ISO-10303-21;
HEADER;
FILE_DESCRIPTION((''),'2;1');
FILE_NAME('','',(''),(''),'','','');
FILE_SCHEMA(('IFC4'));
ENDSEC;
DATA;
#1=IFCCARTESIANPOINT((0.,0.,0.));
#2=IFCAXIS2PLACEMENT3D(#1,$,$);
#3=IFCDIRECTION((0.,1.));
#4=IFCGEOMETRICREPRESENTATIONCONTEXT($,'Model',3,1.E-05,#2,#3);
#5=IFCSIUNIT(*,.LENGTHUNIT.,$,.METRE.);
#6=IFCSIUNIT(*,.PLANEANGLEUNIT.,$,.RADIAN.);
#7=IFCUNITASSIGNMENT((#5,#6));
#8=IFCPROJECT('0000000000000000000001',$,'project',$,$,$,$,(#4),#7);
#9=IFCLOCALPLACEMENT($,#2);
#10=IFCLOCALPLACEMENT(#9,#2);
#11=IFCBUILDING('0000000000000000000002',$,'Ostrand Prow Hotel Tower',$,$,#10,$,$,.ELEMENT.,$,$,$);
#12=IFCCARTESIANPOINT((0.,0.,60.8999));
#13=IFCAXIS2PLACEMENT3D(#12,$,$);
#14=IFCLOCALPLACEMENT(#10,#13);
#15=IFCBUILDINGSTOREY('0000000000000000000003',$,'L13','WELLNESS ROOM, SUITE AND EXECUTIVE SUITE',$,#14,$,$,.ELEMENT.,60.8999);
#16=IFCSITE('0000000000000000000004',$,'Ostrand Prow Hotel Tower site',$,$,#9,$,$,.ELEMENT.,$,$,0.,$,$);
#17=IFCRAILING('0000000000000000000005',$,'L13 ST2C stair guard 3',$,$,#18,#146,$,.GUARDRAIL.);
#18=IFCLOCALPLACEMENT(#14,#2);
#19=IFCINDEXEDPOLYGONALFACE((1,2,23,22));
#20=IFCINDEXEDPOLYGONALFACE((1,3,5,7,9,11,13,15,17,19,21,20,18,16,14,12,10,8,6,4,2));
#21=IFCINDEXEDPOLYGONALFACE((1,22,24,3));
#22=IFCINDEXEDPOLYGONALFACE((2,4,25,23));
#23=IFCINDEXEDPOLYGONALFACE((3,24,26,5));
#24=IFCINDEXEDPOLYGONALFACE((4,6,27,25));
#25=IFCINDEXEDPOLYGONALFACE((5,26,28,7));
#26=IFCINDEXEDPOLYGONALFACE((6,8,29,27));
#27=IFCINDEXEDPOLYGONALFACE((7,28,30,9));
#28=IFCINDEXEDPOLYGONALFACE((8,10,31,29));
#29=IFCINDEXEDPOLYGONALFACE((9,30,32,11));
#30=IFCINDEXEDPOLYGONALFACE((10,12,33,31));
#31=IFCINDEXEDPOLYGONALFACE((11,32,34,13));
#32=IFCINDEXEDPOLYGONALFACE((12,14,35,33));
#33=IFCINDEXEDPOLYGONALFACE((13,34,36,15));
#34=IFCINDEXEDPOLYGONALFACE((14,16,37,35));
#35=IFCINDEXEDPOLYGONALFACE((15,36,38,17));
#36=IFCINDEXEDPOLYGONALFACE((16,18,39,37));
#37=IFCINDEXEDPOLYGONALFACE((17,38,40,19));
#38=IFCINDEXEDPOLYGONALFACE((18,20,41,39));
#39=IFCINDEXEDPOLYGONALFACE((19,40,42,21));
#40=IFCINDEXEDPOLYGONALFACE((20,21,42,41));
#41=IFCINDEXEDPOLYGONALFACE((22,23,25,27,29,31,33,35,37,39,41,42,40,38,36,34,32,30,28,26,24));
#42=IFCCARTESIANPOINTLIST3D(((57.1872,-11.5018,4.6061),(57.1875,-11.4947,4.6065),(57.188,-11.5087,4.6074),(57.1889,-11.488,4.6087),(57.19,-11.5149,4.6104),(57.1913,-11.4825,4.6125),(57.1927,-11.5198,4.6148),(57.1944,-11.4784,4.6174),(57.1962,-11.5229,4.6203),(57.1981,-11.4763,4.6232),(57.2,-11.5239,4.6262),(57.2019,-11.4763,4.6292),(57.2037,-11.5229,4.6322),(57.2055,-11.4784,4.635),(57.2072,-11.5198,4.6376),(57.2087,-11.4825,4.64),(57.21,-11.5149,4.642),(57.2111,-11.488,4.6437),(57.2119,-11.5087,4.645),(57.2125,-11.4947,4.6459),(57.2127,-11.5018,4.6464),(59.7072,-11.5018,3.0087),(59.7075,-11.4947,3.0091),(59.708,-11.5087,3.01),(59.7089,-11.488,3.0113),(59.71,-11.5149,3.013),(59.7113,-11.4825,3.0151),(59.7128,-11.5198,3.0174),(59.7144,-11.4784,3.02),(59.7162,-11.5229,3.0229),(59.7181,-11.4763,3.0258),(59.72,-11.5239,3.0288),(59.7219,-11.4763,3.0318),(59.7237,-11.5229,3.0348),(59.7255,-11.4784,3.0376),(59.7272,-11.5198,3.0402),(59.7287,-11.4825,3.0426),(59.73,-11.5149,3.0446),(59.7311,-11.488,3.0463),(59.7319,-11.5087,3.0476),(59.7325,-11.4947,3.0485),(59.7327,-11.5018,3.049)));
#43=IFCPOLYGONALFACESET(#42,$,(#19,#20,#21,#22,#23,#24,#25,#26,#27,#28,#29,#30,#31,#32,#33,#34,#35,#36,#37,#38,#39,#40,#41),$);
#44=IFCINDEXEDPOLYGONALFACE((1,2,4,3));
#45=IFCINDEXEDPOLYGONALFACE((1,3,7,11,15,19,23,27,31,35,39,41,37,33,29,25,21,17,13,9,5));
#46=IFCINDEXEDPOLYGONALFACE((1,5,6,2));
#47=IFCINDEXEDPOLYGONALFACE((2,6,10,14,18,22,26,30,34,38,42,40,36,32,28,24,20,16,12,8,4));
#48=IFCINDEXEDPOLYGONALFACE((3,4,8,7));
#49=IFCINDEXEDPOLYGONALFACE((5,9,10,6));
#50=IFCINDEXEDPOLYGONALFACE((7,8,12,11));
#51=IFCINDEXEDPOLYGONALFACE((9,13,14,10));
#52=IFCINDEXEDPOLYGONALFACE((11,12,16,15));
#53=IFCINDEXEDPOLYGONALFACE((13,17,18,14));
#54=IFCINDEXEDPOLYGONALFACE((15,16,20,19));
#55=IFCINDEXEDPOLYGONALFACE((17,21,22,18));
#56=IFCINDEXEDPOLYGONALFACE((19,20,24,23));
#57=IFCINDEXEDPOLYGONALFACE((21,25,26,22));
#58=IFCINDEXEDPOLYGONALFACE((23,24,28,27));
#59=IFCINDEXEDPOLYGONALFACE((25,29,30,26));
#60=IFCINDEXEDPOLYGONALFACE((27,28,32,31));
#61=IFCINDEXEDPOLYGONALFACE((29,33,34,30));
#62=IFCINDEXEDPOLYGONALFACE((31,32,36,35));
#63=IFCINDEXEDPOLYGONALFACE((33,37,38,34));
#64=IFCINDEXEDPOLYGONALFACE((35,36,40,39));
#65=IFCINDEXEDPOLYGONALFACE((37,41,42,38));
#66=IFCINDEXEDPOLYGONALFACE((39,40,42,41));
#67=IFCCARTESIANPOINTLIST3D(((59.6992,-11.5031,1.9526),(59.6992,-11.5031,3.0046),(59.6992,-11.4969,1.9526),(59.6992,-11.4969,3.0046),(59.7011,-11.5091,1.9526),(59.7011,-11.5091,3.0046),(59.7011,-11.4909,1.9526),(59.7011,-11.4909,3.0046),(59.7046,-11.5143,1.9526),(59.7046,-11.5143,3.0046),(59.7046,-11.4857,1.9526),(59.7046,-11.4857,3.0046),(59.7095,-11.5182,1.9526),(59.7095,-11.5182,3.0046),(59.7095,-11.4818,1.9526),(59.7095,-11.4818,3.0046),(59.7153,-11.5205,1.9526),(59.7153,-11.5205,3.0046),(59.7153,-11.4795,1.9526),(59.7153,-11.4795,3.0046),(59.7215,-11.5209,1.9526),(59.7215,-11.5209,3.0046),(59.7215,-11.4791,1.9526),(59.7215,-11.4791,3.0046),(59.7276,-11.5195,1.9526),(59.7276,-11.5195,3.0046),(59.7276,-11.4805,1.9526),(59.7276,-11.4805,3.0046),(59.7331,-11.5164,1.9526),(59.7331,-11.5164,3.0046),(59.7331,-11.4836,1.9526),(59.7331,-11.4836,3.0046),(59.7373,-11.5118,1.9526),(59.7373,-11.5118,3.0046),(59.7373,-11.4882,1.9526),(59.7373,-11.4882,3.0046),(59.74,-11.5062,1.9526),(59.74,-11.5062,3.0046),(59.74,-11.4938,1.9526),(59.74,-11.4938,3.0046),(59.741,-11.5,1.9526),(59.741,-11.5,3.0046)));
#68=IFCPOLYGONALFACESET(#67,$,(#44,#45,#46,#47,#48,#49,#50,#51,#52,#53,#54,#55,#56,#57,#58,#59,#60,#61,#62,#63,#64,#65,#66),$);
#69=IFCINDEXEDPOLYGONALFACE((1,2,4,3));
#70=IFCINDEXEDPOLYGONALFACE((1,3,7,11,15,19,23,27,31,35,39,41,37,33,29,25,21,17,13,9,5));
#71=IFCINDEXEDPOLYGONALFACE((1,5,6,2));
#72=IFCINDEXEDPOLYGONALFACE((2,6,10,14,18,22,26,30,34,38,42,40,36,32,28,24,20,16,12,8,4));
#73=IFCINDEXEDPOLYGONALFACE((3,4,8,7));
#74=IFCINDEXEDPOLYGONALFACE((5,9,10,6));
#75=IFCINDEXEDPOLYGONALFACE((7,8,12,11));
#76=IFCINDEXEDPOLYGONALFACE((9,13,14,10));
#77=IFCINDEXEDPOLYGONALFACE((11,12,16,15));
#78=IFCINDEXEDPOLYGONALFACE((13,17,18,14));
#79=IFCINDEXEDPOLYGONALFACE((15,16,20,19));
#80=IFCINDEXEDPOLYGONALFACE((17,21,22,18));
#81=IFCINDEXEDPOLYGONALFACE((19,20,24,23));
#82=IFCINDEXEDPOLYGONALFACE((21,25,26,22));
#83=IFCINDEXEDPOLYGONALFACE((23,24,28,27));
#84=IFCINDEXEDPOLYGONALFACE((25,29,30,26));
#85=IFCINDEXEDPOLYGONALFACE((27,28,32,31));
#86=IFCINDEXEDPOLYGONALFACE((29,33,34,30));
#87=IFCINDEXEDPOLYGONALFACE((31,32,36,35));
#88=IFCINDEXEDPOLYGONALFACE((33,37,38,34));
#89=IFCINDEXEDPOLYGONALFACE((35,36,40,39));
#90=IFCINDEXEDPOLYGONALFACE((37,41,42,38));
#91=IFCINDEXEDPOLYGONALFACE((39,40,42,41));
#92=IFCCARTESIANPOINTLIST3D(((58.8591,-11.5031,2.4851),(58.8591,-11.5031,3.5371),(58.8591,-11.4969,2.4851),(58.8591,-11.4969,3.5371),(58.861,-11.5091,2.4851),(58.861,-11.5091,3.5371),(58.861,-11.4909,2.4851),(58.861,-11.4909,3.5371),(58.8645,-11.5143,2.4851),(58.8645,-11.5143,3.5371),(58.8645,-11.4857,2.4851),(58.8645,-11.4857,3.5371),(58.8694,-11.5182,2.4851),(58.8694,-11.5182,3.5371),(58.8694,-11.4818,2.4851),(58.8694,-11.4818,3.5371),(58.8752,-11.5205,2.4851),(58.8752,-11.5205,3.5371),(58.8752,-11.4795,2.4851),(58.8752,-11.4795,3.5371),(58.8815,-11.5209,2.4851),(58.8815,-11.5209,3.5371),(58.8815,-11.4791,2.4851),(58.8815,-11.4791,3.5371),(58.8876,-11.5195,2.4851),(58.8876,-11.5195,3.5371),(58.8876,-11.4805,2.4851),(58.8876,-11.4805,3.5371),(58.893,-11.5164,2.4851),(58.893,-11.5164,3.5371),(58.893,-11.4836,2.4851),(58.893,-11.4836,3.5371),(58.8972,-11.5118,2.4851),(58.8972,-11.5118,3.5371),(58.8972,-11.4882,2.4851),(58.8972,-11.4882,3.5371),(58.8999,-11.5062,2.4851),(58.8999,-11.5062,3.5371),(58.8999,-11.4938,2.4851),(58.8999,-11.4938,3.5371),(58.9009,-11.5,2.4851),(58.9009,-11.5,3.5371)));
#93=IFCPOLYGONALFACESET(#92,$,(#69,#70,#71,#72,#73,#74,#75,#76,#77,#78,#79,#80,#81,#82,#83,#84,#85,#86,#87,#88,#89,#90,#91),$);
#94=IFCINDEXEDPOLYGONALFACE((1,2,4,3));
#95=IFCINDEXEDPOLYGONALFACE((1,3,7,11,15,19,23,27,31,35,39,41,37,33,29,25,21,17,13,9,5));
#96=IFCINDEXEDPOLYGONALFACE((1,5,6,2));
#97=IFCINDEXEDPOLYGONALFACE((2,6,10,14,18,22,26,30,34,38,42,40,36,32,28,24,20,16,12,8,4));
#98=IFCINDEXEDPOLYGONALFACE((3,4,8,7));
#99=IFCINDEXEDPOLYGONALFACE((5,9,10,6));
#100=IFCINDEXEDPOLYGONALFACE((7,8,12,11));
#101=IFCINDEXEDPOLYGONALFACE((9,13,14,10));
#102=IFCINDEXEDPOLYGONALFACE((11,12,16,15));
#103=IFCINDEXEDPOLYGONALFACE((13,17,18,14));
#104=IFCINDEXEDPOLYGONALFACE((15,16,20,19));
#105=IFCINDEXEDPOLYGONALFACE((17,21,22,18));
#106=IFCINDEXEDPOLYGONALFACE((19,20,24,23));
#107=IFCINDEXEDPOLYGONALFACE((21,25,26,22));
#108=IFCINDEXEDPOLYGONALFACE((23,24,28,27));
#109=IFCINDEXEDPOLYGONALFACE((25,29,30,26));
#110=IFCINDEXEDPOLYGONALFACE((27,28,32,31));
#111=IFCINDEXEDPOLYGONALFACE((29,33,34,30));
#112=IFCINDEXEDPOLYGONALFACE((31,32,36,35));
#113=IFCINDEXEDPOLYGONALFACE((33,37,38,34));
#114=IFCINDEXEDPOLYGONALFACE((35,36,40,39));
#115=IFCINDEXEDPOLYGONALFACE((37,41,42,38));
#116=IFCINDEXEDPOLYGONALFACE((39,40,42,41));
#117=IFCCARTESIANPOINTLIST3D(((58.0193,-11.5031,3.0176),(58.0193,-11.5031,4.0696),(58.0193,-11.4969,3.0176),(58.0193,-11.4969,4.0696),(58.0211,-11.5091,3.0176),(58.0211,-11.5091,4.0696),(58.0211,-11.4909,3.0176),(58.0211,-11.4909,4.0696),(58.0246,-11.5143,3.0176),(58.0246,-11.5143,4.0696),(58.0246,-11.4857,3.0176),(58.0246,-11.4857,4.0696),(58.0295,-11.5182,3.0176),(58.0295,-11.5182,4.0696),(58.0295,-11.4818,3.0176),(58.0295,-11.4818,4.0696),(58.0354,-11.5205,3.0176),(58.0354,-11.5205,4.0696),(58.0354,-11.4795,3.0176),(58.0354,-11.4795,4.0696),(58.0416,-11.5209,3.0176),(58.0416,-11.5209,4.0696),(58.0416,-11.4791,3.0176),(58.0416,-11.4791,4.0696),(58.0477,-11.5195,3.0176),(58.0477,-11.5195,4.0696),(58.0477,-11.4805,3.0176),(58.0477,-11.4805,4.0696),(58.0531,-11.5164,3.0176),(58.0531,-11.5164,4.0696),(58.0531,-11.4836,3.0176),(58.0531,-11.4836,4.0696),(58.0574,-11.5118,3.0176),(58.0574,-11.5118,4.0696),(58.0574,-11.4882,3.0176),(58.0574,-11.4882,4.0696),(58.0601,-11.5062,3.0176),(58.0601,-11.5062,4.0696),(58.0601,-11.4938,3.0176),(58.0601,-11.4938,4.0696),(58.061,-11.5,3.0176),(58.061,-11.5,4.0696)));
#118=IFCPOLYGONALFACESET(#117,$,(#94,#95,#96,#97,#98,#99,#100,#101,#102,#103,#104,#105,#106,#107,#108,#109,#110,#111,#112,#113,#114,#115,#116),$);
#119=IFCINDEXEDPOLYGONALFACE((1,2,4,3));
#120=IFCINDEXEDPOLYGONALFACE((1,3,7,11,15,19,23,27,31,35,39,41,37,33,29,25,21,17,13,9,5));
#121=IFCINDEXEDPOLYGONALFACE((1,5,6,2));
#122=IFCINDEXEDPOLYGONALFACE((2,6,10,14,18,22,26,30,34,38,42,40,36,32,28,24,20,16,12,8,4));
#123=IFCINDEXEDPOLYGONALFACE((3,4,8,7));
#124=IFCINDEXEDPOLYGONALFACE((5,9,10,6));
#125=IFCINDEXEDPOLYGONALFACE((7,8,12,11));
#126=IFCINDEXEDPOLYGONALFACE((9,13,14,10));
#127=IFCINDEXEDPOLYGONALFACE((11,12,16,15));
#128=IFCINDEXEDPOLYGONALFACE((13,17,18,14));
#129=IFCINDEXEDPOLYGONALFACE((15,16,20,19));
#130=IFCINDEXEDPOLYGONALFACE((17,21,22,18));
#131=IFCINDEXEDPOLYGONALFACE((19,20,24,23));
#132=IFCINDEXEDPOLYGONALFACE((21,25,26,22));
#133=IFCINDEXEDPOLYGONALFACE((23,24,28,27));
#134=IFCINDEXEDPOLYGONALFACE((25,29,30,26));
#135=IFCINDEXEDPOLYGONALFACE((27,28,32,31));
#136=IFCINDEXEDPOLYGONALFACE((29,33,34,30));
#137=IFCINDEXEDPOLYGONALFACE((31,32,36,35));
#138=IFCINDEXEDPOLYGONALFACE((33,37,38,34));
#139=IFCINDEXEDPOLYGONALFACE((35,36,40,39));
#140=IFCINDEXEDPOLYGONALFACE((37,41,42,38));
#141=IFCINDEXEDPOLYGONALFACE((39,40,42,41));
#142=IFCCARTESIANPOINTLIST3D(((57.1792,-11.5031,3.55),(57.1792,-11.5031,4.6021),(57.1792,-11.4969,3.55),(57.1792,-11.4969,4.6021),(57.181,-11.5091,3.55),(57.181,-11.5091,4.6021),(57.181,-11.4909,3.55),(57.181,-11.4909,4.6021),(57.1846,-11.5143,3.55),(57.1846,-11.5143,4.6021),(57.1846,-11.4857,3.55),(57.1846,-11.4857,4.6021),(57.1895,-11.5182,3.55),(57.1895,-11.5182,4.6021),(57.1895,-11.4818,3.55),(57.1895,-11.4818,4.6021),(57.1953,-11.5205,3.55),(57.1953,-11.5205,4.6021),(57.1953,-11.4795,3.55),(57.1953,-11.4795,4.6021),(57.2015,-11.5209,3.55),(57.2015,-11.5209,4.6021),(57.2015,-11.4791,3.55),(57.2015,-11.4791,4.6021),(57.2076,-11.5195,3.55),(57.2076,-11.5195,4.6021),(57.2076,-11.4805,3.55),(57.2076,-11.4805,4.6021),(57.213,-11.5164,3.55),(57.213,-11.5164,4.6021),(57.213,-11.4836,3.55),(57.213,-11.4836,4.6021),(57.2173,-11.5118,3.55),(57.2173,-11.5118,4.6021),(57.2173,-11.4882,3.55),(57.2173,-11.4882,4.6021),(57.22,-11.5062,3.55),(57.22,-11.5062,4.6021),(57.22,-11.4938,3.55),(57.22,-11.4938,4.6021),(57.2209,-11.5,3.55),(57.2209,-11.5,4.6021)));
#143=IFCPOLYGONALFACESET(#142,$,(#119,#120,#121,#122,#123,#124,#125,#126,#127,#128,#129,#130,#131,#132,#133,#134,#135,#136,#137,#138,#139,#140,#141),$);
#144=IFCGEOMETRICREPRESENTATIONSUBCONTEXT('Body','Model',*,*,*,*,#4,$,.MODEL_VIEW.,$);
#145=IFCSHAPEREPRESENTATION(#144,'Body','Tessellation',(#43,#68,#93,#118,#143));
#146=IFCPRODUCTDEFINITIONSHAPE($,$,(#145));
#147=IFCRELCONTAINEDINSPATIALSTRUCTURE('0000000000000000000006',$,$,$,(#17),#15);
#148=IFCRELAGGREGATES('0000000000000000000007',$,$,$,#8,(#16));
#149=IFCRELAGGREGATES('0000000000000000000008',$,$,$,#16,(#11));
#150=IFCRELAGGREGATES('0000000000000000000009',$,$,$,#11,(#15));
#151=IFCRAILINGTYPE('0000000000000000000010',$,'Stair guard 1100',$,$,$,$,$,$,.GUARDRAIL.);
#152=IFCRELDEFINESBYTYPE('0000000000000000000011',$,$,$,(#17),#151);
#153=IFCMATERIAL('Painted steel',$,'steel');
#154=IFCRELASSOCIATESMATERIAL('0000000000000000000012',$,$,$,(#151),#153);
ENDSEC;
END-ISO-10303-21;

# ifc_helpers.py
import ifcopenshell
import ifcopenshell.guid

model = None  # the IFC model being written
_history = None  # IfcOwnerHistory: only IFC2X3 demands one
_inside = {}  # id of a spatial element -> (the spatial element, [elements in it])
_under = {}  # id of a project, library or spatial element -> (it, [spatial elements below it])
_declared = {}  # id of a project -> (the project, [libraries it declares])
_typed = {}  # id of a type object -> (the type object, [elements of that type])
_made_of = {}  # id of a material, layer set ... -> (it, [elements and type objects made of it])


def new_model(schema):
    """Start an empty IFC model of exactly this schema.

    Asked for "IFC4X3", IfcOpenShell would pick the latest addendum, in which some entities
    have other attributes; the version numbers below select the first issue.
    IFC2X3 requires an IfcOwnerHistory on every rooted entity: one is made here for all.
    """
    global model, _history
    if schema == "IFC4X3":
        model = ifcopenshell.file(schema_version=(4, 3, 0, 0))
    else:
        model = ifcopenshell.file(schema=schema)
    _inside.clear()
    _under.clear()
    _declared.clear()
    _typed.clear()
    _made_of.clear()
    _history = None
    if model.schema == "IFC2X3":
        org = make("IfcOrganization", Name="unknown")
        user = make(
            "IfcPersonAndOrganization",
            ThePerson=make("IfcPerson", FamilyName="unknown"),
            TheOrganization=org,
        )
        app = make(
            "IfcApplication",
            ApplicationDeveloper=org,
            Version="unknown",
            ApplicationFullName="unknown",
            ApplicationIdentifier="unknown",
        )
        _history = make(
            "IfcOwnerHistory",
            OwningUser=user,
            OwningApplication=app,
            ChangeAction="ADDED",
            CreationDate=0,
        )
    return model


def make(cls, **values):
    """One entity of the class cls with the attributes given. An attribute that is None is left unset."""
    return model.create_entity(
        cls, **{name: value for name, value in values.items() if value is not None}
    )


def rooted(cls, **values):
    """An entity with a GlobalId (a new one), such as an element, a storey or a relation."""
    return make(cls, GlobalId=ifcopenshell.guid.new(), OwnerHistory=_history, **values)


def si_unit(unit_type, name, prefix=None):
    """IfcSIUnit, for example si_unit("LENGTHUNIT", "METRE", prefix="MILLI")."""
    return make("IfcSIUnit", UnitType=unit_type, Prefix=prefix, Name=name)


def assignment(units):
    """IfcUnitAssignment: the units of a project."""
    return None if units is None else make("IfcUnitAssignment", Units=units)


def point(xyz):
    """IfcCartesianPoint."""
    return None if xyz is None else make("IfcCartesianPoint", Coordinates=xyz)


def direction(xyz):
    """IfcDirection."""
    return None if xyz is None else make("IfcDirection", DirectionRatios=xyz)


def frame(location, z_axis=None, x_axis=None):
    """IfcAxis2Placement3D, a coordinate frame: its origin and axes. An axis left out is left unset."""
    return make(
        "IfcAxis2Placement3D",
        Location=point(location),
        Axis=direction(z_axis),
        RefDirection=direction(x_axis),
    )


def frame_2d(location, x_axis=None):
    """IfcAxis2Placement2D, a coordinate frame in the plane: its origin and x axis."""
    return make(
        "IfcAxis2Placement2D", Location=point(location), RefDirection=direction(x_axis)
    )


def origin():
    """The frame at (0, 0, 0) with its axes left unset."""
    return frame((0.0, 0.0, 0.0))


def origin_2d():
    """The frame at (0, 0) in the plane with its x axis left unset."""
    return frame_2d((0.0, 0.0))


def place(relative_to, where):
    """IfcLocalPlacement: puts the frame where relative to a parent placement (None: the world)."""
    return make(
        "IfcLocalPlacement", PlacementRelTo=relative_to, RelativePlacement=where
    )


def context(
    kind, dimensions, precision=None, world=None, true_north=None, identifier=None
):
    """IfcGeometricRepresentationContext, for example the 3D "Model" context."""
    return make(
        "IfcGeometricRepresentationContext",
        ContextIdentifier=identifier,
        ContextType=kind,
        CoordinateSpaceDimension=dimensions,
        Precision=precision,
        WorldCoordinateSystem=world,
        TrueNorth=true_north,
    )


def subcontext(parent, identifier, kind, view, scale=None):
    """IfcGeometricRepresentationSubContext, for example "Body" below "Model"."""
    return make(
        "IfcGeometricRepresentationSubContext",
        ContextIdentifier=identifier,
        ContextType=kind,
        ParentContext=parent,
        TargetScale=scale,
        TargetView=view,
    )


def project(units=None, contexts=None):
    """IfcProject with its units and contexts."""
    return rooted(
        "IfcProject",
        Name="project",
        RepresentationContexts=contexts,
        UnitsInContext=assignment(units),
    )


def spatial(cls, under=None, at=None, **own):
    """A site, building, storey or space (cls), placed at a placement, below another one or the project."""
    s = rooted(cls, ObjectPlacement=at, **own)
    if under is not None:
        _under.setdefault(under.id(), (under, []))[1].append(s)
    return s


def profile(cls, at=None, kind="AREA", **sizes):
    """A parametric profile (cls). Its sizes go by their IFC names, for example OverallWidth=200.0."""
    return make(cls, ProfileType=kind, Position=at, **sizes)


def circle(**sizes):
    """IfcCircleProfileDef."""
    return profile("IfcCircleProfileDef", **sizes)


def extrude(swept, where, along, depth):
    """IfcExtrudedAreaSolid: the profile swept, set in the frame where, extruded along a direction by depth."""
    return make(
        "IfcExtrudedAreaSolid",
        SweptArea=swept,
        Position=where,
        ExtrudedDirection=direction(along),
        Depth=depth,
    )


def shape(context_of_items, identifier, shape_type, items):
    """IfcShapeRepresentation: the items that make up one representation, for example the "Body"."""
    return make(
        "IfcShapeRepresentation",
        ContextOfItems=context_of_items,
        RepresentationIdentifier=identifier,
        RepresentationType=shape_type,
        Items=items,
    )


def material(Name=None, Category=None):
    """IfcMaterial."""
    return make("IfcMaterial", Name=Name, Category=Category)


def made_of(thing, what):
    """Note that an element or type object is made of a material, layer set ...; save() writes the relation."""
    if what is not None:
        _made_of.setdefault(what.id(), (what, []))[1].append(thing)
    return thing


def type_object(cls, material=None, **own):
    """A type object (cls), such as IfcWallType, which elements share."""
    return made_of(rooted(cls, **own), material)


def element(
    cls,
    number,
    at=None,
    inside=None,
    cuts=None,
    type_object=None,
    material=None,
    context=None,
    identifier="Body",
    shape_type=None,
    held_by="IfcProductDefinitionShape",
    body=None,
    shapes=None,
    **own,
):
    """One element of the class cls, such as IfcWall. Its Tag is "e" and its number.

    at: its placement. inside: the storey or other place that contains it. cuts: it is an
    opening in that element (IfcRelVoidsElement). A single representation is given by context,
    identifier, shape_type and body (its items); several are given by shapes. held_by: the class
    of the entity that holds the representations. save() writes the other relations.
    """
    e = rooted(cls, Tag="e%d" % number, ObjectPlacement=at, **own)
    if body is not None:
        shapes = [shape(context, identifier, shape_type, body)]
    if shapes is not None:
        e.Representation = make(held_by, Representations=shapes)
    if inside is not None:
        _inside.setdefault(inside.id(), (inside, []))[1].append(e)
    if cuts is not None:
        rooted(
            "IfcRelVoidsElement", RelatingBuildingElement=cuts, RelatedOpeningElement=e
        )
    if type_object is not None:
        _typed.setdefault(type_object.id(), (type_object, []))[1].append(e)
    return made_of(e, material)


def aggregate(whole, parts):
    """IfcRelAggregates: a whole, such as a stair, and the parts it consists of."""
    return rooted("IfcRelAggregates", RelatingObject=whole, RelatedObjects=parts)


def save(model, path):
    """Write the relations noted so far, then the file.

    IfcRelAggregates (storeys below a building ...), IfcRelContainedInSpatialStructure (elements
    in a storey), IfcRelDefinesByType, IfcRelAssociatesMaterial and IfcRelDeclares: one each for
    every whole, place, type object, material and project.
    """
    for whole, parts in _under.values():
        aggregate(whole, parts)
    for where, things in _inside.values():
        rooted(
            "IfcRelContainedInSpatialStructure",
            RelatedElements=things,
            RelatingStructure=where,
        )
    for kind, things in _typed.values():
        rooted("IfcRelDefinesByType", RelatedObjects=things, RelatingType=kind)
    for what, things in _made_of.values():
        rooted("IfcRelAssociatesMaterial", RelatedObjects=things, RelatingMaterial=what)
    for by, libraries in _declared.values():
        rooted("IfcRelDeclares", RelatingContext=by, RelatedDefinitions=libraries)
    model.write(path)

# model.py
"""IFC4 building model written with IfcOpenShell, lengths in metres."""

from ifc_helpers import new_model, si_unit, direction, frame, origin, origin_2d, place, context, subcontext, project, spatial, circle, extrude, material, type_object, element, save


model = new_model("IFC4")

# Units and contexts
model_context = context("Model", 3, precision=1e-05, world=origin(), true_north=direction((0.0, 1.0)))
body_context = subcontext(model_context, "Body", "Model", "MODEL_VIEW")
ifc_project = project(units=[si_unit("LENGTHUNIT", "METRE"), si_unit("PLANEANGLEUNIT", "RADIAN")], contexts=[model_context])

# Site, building, storey
site_placement = place(None, origin())
site = spatial("IfcSite", under=ifc_project, at=site_placement, Name="Ostrand Prow Hotel Tower site", CompositionType="ELEMENT", RefElevation=0.0)
building_placement = place(site_placement, origin())
building = spatial("IfcBuilding", under=site, at=building_placement, Name="Ostrand Prow Hotel Tower", CompositionType="ELEMENT")
storey_placement = place(building_placement, frame((0.0, 0.0, 60.8999)))
storey = spatial("IfcBuildingStorey", under=building, at=storey_placement, Name="L13", Description="WELLNESS ROOM, SUITE AND EXECUTIVE SUITE", CompositionType="ELEMENT", Elevation=60.8999)

# Railing
ifc_material_1 = material(Name="Painted steel", Category="steel")
railing_type_1 = type_object("IfcRailingType", Name="Stair guard 1100", PredefinedType="GUARDRAIL", material=ifc_material_1)
railing_1_placement = place(storey_placement, frame((59.72, -11.5, 1.9526)))
element("IfcRailing", 1, at=railing_1_placement, inside=storey, type_object=railing_type_1, Name="L13 ST2C stair guard 3", PredefinedType="GUARDRAIL", context=body_context, shape_type="SweptSolid", body=[
    extrude(circle(Radius=0.0239, at=origin_2d()), frame((0.0, 0.0, 1.0762), z_axis=(-0.844607, 0.0, 0.535387), x_axis=(0.0, -1.0, 0.0)), (0.0, 0.0, 1.0), 2.9836),
    extrude(circle(Radius=0.021, at=origin_2d()), origin(), (0.0, 0.0, 1.0), 1.052),
    extrude(circle(Radius=0.021, at=origin_2d()), frame((-0.8401, 0.0, 0.5325)), (0.0, 0.0, 1.0), 1.052),
    extrude(circle(Radius=0.021, at=origin_2d()), frame((-1.6799, 0.0, 1.0649)), (0.0, 0.0, 1.0), 1.052),
    extrude(circle(Radius=0.021, at=origin_2d()), frame((-2.52, 0.0, 1.5974)), (0.0, 0.0, 1.0), 1.052),
])

save(model, "model.ifc")
